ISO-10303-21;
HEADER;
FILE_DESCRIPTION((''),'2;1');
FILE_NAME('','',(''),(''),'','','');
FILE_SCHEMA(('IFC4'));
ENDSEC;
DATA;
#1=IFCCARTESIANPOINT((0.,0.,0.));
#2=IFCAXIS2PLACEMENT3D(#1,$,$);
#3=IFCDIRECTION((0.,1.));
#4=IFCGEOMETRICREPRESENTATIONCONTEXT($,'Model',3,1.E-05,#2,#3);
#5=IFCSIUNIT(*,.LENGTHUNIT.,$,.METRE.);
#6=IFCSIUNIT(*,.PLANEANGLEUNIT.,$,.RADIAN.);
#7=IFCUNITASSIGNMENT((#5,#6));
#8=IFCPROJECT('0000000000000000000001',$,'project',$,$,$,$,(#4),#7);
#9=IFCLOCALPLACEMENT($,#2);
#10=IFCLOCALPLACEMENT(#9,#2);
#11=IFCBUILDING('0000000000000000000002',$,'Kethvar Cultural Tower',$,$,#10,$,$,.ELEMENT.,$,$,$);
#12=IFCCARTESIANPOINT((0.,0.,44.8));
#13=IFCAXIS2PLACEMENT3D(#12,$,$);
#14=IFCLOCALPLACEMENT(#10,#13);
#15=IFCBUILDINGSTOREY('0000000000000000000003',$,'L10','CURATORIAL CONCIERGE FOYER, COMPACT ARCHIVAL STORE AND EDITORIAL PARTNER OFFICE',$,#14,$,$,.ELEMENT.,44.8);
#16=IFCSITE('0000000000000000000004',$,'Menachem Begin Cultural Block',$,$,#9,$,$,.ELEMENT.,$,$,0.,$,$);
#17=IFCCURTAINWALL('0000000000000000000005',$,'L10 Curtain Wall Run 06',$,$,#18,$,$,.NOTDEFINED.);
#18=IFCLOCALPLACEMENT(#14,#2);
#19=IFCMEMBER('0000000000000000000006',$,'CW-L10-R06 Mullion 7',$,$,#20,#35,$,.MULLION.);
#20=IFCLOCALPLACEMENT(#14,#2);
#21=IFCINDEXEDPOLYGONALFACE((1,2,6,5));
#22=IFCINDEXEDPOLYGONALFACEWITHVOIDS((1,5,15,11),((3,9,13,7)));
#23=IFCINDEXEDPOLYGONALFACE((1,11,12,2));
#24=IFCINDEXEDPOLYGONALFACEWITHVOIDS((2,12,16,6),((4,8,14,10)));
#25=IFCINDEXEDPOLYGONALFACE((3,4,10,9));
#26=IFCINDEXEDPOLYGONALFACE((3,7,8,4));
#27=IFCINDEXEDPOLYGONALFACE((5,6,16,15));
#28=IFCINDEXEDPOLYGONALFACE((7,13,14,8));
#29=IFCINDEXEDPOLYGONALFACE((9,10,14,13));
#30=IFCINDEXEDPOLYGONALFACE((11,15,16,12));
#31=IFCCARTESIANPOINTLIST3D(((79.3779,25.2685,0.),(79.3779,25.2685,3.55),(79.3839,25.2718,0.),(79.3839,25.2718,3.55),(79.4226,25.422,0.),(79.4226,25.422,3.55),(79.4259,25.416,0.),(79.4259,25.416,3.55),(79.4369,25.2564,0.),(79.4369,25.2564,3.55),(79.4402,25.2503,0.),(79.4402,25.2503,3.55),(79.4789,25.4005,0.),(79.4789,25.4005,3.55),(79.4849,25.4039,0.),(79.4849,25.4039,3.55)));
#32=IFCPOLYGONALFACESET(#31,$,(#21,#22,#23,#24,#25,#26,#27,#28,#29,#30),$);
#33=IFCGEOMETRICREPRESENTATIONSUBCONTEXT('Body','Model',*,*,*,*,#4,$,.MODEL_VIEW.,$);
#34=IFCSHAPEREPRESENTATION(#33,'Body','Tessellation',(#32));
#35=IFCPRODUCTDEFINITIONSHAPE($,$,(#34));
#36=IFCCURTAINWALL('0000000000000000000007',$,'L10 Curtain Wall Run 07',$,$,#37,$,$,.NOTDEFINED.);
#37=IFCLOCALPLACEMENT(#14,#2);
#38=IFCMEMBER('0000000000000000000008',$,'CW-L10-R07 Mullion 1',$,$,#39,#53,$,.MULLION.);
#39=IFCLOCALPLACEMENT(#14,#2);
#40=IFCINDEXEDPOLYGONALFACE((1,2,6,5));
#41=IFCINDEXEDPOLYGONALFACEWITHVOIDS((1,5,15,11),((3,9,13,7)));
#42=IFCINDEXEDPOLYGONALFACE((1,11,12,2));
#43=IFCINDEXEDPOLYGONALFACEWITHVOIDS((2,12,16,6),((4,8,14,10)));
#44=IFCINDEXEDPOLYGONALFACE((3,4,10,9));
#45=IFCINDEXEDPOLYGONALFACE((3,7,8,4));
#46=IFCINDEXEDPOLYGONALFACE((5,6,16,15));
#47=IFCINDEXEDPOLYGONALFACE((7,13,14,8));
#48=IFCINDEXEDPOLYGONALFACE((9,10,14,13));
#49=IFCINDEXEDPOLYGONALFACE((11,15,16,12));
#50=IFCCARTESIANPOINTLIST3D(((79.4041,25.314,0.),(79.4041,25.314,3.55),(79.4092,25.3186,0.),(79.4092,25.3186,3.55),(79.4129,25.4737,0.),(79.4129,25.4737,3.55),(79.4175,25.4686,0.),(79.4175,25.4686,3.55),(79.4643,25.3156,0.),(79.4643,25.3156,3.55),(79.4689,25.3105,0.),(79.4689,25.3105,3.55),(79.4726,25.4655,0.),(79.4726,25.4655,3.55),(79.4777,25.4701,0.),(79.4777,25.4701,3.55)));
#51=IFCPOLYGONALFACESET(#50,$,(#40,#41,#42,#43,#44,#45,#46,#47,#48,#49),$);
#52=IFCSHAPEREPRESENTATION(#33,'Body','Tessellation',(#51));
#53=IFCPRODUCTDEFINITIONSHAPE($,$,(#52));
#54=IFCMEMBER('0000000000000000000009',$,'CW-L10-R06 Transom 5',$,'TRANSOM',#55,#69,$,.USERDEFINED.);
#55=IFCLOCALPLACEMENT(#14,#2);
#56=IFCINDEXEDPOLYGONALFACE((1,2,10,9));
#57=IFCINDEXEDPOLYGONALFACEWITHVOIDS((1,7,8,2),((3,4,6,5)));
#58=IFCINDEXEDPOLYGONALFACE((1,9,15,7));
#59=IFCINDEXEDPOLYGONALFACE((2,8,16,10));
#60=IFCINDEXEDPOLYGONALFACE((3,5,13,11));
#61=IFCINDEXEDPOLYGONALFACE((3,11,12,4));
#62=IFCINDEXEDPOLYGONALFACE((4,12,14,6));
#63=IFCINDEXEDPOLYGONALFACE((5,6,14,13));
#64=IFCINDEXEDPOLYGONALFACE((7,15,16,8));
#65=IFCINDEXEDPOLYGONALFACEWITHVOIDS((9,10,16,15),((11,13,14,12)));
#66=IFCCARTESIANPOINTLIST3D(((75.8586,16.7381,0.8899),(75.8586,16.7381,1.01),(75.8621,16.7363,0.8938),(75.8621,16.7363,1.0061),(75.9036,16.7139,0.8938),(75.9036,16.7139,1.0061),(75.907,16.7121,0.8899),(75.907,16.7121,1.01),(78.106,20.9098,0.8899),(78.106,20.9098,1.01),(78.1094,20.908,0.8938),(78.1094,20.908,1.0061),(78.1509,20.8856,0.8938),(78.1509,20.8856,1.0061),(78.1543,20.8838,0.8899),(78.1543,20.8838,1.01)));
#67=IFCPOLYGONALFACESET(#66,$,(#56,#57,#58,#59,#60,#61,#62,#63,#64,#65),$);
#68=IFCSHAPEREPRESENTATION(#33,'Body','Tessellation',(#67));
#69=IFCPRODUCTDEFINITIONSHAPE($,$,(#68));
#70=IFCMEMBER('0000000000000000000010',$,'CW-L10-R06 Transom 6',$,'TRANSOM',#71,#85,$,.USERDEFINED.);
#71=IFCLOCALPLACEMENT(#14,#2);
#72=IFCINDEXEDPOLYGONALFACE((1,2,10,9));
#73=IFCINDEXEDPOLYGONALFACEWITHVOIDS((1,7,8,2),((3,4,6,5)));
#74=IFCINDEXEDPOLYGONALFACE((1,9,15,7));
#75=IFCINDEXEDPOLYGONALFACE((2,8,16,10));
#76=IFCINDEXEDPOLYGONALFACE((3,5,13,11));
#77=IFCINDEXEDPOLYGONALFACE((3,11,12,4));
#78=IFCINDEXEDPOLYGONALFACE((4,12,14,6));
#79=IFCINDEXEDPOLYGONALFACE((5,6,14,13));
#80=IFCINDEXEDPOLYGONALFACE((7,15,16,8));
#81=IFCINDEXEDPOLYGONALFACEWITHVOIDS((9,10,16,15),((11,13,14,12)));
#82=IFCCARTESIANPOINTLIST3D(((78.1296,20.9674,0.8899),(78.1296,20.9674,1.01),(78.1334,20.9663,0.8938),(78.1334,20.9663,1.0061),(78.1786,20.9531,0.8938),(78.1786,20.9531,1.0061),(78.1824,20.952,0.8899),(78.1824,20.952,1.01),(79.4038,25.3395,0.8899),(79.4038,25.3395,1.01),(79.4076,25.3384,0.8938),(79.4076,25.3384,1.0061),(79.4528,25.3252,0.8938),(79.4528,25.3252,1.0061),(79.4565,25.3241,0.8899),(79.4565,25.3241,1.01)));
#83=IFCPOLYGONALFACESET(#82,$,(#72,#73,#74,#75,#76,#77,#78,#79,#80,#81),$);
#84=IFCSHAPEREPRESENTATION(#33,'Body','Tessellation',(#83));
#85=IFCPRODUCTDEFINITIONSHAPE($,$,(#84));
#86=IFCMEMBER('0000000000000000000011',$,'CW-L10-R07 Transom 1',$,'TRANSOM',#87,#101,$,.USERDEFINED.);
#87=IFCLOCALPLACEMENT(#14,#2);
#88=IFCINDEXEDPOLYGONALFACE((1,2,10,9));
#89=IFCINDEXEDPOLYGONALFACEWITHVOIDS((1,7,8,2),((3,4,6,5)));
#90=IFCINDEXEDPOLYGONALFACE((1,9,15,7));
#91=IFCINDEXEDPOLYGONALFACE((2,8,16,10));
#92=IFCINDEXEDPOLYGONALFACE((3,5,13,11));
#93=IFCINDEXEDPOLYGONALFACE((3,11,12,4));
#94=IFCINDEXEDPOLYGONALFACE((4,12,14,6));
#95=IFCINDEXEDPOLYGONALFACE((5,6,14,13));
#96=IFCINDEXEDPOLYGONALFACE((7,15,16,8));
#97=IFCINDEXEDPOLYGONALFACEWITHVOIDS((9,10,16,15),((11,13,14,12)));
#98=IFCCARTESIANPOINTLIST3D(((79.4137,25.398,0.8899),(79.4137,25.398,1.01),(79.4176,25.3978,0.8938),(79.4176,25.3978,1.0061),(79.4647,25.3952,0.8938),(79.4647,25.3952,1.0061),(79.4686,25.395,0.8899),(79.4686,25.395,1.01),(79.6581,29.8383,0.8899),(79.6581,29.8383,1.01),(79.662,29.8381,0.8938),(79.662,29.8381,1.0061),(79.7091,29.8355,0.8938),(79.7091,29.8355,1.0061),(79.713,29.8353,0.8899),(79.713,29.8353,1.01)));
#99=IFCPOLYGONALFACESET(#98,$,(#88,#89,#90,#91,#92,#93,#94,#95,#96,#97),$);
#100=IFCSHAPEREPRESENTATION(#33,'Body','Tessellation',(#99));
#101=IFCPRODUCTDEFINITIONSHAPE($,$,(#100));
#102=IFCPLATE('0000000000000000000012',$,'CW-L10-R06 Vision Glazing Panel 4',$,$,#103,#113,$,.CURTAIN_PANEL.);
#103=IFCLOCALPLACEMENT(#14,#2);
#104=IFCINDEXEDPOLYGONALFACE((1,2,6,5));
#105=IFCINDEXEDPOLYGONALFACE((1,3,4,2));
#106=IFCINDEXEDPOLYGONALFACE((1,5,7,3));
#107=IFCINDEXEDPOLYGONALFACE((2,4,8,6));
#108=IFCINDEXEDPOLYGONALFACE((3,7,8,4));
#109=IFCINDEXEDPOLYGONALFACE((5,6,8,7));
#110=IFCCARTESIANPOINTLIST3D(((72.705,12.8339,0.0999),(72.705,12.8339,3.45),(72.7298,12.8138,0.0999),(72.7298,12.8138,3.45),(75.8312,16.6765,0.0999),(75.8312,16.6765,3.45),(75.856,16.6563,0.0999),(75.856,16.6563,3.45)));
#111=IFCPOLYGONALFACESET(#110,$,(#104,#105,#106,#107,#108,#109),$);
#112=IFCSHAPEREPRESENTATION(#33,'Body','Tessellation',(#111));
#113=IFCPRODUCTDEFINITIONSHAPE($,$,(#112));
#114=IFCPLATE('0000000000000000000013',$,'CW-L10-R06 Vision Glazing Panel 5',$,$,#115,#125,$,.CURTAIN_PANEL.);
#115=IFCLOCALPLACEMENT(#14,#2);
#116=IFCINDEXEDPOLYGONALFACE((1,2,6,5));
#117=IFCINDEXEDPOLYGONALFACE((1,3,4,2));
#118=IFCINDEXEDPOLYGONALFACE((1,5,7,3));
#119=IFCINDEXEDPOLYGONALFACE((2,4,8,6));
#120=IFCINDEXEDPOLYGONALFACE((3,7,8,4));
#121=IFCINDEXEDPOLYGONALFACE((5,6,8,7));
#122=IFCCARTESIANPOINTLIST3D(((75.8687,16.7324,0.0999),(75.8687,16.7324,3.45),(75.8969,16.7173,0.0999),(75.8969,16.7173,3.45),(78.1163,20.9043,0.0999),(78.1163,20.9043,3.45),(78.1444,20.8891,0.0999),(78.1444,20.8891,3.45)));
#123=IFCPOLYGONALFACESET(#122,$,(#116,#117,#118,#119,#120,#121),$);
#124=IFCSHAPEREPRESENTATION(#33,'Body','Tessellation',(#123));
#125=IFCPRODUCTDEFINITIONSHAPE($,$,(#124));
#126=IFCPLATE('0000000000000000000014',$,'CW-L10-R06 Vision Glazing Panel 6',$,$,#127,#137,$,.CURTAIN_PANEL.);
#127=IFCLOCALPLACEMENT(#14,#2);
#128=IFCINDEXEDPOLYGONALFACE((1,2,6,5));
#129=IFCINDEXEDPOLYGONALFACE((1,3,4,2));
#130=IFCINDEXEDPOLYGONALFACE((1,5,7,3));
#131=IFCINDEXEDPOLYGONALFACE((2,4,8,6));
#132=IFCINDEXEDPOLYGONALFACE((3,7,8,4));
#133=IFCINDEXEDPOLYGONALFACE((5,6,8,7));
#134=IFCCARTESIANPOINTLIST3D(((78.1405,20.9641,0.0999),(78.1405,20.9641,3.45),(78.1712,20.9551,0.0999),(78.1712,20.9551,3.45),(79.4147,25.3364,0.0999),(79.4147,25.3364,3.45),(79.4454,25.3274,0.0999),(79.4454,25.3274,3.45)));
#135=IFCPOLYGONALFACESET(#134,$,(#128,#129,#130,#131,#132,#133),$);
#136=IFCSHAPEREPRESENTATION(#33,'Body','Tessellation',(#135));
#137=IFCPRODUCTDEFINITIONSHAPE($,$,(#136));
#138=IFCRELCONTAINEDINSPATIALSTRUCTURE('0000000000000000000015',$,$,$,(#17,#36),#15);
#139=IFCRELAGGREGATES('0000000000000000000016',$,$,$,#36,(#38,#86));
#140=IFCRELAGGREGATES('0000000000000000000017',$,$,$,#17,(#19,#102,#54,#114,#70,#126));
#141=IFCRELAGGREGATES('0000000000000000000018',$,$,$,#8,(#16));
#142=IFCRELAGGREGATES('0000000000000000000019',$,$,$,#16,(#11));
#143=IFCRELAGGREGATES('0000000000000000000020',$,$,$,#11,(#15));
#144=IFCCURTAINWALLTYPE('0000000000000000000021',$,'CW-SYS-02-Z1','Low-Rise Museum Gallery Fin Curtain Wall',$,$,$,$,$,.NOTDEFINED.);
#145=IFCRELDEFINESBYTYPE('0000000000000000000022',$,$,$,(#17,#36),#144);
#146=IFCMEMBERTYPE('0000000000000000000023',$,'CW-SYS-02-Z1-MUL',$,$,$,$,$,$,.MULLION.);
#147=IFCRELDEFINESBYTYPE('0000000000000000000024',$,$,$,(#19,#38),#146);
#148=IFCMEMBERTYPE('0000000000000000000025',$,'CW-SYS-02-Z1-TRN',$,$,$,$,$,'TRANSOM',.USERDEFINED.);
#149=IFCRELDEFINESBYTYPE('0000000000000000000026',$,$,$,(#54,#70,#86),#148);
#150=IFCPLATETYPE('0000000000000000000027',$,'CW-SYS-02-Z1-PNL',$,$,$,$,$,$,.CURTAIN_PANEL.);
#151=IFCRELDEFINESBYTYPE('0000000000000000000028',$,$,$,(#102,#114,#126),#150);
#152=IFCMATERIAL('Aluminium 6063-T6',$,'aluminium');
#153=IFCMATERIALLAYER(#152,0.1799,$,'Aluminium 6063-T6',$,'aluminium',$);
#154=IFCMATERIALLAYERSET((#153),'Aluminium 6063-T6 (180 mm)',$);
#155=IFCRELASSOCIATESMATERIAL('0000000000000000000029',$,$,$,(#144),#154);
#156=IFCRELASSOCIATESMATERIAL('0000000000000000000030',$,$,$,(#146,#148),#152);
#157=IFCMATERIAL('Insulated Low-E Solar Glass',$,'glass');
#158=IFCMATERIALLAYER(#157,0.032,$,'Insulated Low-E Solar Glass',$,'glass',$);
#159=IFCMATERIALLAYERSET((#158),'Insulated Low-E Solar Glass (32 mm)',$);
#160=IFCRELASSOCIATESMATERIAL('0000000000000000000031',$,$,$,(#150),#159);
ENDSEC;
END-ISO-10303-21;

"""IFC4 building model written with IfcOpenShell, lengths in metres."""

from ifc_helpers import new_model, si_unit, direction, frame, origin, origin_2d, place, context, subcontext, project, spatial, rectangle, hollow_rectangle, extrude, source, transform, mapped, material, layer, layer_set, material_profile, profile_set, type_object, element, aggregate, save


model = new_model("IFC4")

# Units and contexts
model_context = context("Model", 3, precision=1e-05, world=origin(), true_north=direction((0.0, 1.0)))
body_context = subcontext(model_context, "Body", "Model", "MODEL_VIEW")
ifc_project = project(units=[si_unit("LENGTHUNIT", "METRE"), si_unit("PLANEANGLEUNIT", "RADIAN")], contexts=[model_context])

# Site, building, storey
site_placement = place(None, origin())
site = spatial("IfcSite", under=ifc_project, at=site_placement, Name="Menachem Begin Cultural Block", CompositionType="ELEMENT", RefElevation=0.0)
building_placement = place(site_placement, origin())
building = spatial("IfcBuilding", under=site, at=building_placement, Name="Kethvar Cultural Tower", CompositionType="ELEMENT")
storey_placement = place(building_placement, frame((0.0, 0.0, 44.8)))
storey = spatial("IfcBuildingStorey", under=building, at=storey_placement, Name="L10", Description="CURATORIAL CONCIERGE FOYER, COMPACT ARCHIVAL STORE AND EDITORIAL PARTNER OFFICE", CompositionType="ELEMENT", Elevation=44.8)

# Curtain wall, member
ifc_material_1 = material(Name="Aluminium 6063-T6", Category="aluminium")
ifc_layer_1 = layer(ifc_material_1, 0.1799, Name="Aluminium 6063-T6", Category="aluminium")
ifc_layer_set_1 = layer_set([ifc_layer_1], Name="Aluminium 6063-T6 (180 mm)")
curtain_wall_type = type_object("IfcCurtainWallType", Name="CW-SYS-02-Z1", Description="Low-Rise Museum Gallery Fin Curtain Wall", PredefinedType="NOTDEFINED", material=ifc_layer_set_1)
curtain_wall_1_placement = place(storey_placement, origin())
curtain_wall_1 = element("IfcCurtainWall", 1, at=curtain_wall_1_placement, inside=storey, type_object=curtain_wall_type, Name="L10 Curtain Wall Run 06", PredefinedType="NOTDEFINED")
ifc_material_profile_1 = material_profile(ifc_material_1, hollow_rectangle(XDim=0.0649, YDim=0.1599, WallThickness=0.0049, at=origin_2d()), Name="Aluminium 6063-T6 — RHS160x65x5")
ifc_profile_set_1 = profile_set([ifc_material_profile_1], Name="Aluminium 6063-T6 — RHS160x65x5")
member_type_1 = type_object("IfcMemberType", Name="CW-SYS-02-Z1-MUL", PredefinedType="MULLION", material=ifc_profile_set_1)
shared_shape_1 = source(origin(), body_context, "Body", "SweptSolid", [
    extrude(hollow_rectangle(XDim=0.0649, YDim=0.1599, WallThickness=0.0049, at=origin_2d()), origin(), (0.0, 0.0, 1.0), 3.55),
])
member_1_placement = place(storey_placement, frame((79.4314, 25.3362, 0.0), z_axis=(0.0, 0.0, 1.0), x_axis=(-0.960065, 0.279779, 0.0)))
member_1 = element("IfcMember", 2, at=member_1_placement, type_object=member_type_1, Name="CW-L10-R06 Mullion 7", PredefinedType="MULLION", context=body_context, shape_type="MappedRepresentation", body=[
    mapped(shared_shape_1, transform((0.0, 0.0, 0.0), scale=1.0)),
])

# Curtain wall, member
curtain_wall_2_placement = place(storey_placement, origin())
curtain_wall_2 = element("IfcCurtainWall", 3, at=curtain_wall_2_placement, inside=storey, type_object=curtain_wall_type, Name="L10 Curtain Wall Run 07", PredefinedType="NOTDEFINED")
member_2_placement = place(storey_placement, frame((79.4409, 25.3921, 0.0), z_axis=(0.0, 0.0, 1.0), x_axis=(-0.998488, 0.054968, 0.0)))
member_2 = element("IfcMember", 4, at=member_2_placement, type_object=member_type_1, Name="CW-L10-R07 Mullion 1", PredefinedType="MULLION", context=body_context, shape_type="MappedRepresentation", body=[
    mapped(shared_shape_1, transform((0.0, 0.0, 0.0), scale=1.0)),
])

# Members
ifc_material_profile_2 = material_profile(ifc_material_1, hollow_rectangle(XDim=0.0549, YDim=0.1201, WallThickness=0.0039, at=origin_2d()), Name="Aluminium 6063-T6 — RHS120x55x4")
ifc_profile_set_2 = profile_set([ifc_material_profile_2], Name="Aluminium 6063-T6 — RHS120x55x4")
member_type_2 = type_object("IfcMemberType", Name="CW-SYS-02-Z1-TRN", ElementType="TRANSOM", PredefinedType="USERDEFINED", material=ifc_profile_set_2)
shared_shape_2 = source(origin(), body_context, "Body", "SweptSolid", [
    extrude(hollow_rectangle(XDim=0.0549, YDim=0.1201, WallThickness=0.0039, at=origin_2d()), origin(), (0.0, 0.0, 1.0), 4.7385),
])
member_3_placement = place(storey_placement, frame((75.8828, 16.7251, 0.95), z_axis=(0.474272, 0.880378, 0.0), x_axis=(-0.880378, 0.474272, 0.0)))
member_3 = element("IfcMember", 5, at=member_3_placement, type_object=member_type_2, Name="CW-L10-R06 Transom 5", ObjectType="TRANSOM", PredefinedType="USERDEFINED", context=body_context, shape_type="MappedRepresentation", body=[
    mapped(shared_shape_2, transform((0.0, 0.0, 0.0), scale=1.0)),
])
shared_shape_3 = source(origin(), body_context, "Body", "SweptSolid", [
    extrude(hollow_rectangle(XDim=0.0549, YDim=0.1201, WallThickness=0.0039, at=origin_2d()), origin(), (0.0, 0.0, 1.0), 4.554),
])
member_4_placement = place(storey_placement, frame((78.156, 20.9597, 0.95), z_axis=(0.279794, 0.96006, 0.0), x_axis=(-0.96006, 0.279794, 0.0)))
member_4 = element("IfcMember", 6, at=member_4_placement, type_object=member_type_2, Name="CW-L10-R06 Transom 6", ObjectType="TRANSOM", PredefinedType="USERDEFINED", context=body_context, shape_type="MappedRepresentation", body=[
    mapped(shared_shape_3, transform((0.0, 0.0, 0.0), scale=1.0)),
])
shared_shape_4 = source(origin(), body_context, "Body", "SweptSolid", [
    extrude(hollow_rectangle(XDim=0.0549, YDim=0.1201, WallThickness=0.0039, at=origin_2d()), origin(), (0.0, 0.0, 1.0), 4.447),
])
member_5_placement = place(storey_placement, frame((79.4412, 25.3965, 0.95), z_axis=(0.054956, 0.998489, 0.0), x_axis=(-0.998489, 0.054956, 0.0)))
member_5 = element("IfcMember", 7, at=member_5_placement, type_object=member_type_2, Name="CW-L10-R07 Transom 1", ObjectType="TRANSOM", PredefinedType="USERDEFINED", context=body_context, shape_type="MappedRepresentation", body=[
    mapped(shared_shape_4, transform((0.0, 0.0, 0.0), scale=1.0)),
])
aggregate(curtain_wall_2, [member_2, member_5])

# Plates
ifc_material_2 = material(Name="Insulated Low-E Solar Glass", Category="glass")
ifc_layer_2 = layer(ifc_material_2, 0.032, Name="Insulated Low-E Solar Glass", Category="glass")
ifc_layer_set_2 = layer_set([ifc_layer_2], Name="Insulated Low-E Solar Glass (32 mm)")
plate_type = type_object("IfcPlateType", Name="CW-SYS-02-Z1-PNL", PredefinedType="CURTAIN_PANEL", material=ifc_layer_set_2)
shared_shape_5 = source(origin(), body_context, "Body", "SweptSolid", [
    extrude(rectangle(XDim=4.9536, YDim=0.032, at=origin_2d()), origin(), (0.0, 0.0, 1.0), 3.3501),
])
plate_1_placement = place(storey_placement, frame((74.2805, 14.7451, 0.0999), z_axis=(0.0, 0.0, 1.0), x_axis=(0.631096, 0.775705, 0.0)))
plate_1 = element("IfcPlate", 8, at=plate_1_placement, type_object=plate_type, Name="CW-L10-R06 Vision Glazing Panel 4", PredefinedType="CURTAIN_PANEL", context=body_context, shape_type="MappedRepresentation", body=[
    mapped(shared_shape_5, transform((0.0, 0.0, 0.0), scale=1.0)),
])
shared_shape_6 = source(origin(), body_context, "Body", "SweptSolid", [
    extrude(rectangle(XDim=4.7388, YDim=0.032, at=origin_2d()), origin(), (0.0, 0.0, 1.0), 3.3501),
])
plate_2_placement = place(storey_placement, frame((77.0066, 18.8108, 0.0999), z_axis=(0.0, 0.0, 1.0), x_axis=(0.474288, 0.88037, 0.0)))
plate_2 = element("IfcPlate", 9, at=plate_2_placement, type_object=plate_type, Name="CW-L10-R06 Vision Glazing Panel 5", PredefinedType="CURTAIN_PANEL", context=body_context, shape_type="MappedRepresentation", body=[
    mapped(shared_shape_6, transform((0.0, 0.0, 0.0), scale=1.0)),
])
shared_shape_7 = source(origin(), body_context, "Body", "SweptSolid", [
    extrude(rectangle(XDim=4.5542, YDim=0.032, at=origin_2d()), origin(), (0.0, 0.0, 1.0), 3.3501),
])
plate_3_placement = place(storey_placement, frame((78.793, 23.1458, 0.0999), z_axis=(0.0, 0.0, 1.0), x_axis=(0.279779, 0.960065, 0.0)))
plate_3 = element("IfcPlate", 10, at=plate_3_placement, type_object=plate_type, Name="CW-L10-R06 Vision Glazing Panel 6", PredefinedType="CURTAIN_PANEL", context=body_context, shape_type="MappedRepresentation", body=[
    mapped(shared_shape_7, transform((0.0, 0.0, 0.0), scale=1.0)),
])
aggregate(curtain_wall_1, [member_1, plate_1, member_3, plate_2, member_4, plate_3])

save(model, "model.ifc")
